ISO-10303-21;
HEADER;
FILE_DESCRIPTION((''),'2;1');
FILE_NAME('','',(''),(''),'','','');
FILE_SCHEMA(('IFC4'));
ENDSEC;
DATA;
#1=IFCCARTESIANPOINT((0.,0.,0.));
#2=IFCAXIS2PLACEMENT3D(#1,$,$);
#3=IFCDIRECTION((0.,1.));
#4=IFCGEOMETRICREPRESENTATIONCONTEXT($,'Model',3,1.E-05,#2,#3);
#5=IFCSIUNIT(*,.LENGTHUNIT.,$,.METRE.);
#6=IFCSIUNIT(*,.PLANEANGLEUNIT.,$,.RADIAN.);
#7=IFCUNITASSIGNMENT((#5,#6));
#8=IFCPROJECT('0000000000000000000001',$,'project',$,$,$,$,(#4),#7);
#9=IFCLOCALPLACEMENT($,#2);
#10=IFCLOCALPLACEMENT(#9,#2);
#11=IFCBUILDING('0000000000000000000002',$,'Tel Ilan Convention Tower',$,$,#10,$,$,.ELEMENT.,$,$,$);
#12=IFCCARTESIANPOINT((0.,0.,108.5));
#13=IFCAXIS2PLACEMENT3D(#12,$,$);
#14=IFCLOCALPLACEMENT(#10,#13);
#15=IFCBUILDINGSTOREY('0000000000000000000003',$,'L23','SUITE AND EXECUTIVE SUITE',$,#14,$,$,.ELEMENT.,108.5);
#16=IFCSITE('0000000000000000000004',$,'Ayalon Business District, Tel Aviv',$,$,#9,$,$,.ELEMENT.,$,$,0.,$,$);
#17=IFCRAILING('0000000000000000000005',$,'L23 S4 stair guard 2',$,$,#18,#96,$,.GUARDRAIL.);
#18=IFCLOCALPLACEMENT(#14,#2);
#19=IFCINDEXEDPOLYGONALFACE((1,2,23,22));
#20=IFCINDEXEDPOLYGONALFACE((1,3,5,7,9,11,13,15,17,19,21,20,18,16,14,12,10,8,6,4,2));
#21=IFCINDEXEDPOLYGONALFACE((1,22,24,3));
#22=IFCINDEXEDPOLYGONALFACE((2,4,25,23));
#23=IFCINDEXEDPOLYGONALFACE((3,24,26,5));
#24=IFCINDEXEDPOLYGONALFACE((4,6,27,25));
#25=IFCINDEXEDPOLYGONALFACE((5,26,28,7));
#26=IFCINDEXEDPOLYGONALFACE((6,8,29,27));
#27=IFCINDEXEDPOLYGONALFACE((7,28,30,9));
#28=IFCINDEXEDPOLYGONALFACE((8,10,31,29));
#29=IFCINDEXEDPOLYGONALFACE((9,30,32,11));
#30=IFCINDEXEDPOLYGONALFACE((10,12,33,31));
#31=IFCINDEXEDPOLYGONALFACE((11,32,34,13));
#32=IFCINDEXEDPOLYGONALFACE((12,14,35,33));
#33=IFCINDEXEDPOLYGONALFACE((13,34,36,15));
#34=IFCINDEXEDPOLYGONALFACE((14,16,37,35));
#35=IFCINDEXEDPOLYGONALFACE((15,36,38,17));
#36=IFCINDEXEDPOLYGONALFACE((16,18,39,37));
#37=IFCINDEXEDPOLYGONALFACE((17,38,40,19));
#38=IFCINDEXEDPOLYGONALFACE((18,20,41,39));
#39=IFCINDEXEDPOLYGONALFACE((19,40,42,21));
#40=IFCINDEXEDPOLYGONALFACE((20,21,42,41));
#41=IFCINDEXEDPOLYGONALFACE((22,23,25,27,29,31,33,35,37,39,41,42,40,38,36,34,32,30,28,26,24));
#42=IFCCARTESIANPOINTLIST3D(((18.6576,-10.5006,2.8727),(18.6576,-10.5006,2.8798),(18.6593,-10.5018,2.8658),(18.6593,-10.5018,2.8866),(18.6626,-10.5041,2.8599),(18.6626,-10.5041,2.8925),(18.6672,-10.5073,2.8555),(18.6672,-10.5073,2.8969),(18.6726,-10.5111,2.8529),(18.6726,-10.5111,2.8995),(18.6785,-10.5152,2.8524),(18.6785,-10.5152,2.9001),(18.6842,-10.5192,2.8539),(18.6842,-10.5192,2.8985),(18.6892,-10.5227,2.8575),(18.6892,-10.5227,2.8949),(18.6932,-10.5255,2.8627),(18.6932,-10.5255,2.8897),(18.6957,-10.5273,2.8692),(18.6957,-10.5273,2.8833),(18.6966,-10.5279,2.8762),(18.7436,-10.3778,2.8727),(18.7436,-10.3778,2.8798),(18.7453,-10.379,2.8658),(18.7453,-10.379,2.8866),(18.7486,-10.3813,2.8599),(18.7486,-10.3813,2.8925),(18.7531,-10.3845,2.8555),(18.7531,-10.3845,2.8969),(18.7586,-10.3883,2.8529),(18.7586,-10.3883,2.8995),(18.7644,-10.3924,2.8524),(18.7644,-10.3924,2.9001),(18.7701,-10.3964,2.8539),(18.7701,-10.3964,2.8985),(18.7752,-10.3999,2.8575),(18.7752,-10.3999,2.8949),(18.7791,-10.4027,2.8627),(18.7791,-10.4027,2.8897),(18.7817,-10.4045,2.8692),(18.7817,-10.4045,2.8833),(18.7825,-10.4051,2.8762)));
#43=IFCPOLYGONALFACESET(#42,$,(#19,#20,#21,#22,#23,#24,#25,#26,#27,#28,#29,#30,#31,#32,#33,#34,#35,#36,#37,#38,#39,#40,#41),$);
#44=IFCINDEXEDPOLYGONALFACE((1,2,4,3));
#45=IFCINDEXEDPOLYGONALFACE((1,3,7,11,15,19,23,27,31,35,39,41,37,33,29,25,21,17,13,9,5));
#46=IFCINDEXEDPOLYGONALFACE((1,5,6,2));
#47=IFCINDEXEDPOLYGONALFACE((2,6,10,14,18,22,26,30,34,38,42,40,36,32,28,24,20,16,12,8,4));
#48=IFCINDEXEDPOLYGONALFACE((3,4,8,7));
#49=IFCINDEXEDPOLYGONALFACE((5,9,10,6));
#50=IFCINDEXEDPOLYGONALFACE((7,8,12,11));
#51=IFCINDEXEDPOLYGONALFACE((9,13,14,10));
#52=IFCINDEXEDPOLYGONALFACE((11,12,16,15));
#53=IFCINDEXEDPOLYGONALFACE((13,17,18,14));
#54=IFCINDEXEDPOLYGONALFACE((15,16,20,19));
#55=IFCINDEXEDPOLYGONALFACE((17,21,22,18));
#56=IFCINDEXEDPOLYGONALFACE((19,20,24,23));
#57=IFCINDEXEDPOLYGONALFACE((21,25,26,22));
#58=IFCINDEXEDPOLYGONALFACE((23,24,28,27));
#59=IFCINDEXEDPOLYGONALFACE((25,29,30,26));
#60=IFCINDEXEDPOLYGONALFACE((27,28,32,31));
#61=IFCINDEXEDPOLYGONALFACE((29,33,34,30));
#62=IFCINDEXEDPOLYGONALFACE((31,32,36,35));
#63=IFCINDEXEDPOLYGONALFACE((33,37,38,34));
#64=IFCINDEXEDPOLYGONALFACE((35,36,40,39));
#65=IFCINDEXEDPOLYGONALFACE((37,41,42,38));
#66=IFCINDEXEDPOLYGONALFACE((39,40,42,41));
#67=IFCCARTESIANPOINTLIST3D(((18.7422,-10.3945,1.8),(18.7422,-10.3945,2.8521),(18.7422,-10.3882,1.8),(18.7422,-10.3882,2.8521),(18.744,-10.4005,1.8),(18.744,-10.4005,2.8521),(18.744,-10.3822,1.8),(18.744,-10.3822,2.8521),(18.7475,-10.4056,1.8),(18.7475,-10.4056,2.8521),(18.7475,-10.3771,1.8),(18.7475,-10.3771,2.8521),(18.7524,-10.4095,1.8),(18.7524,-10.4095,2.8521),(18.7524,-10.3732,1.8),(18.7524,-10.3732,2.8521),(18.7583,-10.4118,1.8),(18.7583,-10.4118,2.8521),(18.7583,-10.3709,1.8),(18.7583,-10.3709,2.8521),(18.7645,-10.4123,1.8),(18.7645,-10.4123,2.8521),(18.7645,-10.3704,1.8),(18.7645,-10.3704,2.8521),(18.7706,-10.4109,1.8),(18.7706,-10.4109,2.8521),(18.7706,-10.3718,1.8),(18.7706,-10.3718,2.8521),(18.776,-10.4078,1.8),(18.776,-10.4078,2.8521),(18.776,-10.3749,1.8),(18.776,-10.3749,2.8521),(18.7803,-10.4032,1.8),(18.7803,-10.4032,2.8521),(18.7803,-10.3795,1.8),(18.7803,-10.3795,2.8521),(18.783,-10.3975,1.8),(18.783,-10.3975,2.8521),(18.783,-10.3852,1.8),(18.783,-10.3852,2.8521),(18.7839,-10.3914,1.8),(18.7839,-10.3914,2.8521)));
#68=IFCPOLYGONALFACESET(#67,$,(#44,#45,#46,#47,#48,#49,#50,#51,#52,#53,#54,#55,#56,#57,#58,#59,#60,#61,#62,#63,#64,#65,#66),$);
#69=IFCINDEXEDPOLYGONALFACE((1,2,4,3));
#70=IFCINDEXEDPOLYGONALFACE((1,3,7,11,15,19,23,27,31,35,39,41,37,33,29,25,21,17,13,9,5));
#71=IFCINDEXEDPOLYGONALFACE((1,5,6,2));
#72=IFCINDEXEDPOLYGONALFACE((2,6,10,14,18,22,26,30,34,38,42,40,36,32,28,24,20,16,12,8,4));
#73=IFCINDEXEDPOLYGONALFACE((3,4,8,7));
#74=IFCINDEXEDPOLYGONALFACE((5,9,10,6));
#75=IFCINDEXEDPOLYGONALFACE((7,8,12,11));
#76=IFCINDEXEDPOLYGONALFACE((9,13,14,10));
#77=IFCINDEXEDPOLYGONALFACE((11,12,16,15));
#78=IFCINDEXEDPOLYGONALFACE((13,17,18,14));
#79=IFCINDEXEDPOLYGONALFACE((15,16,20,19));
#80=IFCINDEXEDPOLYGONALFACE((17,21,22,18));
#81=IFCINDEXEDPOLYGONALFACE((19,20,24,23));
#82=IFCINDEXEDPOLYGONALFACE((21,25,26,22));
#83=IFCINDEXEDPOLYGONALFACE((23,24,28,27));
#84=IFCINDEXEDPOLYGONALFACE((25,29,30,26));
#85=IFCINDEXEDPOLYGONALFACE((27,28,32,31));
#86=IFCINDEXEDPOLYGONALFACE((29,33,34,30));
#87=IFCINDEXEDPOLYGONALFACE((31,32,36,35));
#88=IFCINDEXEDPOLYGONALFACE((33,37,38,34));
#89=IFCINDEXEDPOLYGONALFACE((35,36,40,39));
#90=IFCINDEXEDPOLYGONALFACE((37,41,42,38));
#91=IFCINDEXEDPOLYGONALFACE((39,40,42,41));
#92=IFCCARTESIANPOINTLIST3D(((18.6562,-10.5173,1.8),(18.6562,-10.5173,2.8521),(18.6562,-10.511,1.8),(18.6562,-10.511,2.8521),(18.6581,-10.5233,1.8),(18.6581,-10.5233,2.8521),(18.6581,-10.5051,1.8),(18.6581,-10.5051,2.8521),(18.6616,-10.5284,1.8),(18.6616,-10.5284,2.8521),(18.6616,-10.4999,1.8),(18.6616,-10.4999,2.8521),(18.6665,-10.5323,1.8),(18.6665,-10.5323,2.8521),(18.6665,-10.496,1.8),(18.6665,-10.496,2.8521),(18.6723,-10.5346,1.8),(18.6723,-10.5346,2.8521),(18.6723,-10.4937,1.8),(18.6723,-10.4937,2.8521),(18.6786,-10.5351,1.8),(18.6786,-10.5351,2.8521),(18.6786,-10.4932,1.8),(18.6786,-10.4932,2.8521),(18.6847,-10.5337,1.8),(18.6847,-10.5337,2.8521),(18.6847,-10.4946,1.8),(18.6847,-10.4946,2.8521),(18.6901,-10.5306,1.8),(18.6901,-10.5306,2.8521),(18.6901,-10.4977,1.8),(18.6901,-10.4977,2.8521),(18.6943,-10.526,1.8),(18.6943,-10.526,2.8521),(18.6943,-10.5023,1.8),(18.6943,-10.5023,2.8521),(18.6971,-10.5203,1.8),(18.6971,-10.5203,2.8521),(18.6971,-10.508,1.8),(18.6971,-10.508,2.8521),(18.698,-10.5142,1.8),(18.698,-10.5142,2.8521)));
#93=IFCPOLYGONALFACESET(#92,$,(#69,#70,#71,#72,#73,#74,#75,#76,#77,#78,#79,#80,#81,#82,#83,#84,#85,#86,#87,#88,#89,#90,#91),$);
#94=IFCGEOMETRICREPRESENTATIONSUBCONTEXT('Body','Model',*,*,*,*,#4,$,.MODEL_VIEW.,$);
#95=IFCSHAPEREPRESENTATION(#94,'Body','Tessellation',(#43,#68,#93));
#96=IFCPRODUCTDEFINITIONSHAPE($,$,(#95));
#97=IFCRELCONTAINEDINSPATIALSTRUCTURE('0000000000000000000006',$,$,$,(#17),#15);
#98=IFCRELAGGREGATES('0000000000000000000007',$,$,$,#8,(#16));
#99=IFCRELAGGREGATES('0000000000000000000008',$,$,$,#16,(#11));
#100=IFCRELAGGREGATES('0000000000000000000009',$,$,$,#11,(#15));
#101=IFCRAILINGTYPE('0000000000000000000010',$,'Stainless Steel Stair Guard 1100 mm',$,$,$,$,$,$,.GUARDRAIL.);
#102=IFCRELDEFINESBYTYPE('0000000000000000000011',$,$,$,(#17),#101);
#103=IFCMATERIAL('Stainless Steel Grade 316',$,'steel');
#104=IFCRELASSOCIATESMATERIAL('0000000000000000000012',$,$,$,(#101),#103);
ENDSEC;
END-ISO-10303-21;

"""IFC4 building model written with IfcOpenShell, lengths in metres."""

from ifc_helpers import new_model, si_unit, direction, frame, origin, origin_2d, place, context, subcontext, project, spatial, circle, extrude, material, type_object, element, save


model = new_model("IFC4")

# Units and contexts
model_context = context("Model", 3, precision=1e-05, world=origin(), true_north=direction((0.0, 1.0)))
body_context = subcontext(model_context, "Body", "Model", "MODEL_VIEW")
ifc_project = project(units=[si_unit("LENGTHUNIT", "METRE"), si_unit("PLANEANGLEUNIT", "RADIAN")], contexts=[model_context])

# Site, building, storey
site_placement = place(None, origin())
site = spatial("IfcSite", under=ifc_project, at=site_placement, Name="Ayalon Business District, Tel Aviv", CompositionType="ELEMENT", RefElevation=0.0)
building_placement = place(site_placement, origin())
building = spatial("IfcBuilding", under=site, at=building_placement, Name="Tel Ilan Convention Tower", CompositionType="ELEMENT")
storey_placement = place(building_placement, frame((0.0, 0.0, 108.5)))
storey = spatial("IfcBuildingStorey", under=building, at=storey_placement, Name="L23", Description="SUITE AND EXECUTIVE SUITE", CompositionType="ELEMENT", Elevation=108.5)

# Railing
ifc_material_1 = material(Name="Stainless Steel Grade 316", Category="steel")
railing_type_1 = type_object("IfcRailingType", Name="Stainless Steel Stair Guard 1100 mm", PredefinedType="GUARDRAIL", material=ifc_material_1)
railing_1_placement = place(storey_placement, frame((18.7629, -10.3914, 1.8)))
element("IfcRailing", 1, at=railing_1_placement, inside=storey, type_object=railing_type_1, Name="L23 S4 stair guard 2", PredefinedType="GUARDRAIL", context=body_context, shape_type="SweptSolid", body=[
    extrude(circle(Radius=0.0239, at=origin_2d()), frame((0.0, 0.0, 1.0762), z_axis=(-0.573353, -0.819308, 0.0), x_axis=(0.819308, -0.573353, 0.0)), (0.0, 0.0, 1.0), 0.1499),
    extrude(circle(Radius=0.021, at=origin_2d()), origin(), (0.0, 0.0, 1.0), 1.052),
    extrude(circle(Radius=0.021, at=origin_2d()), frame((-0.0859, -0.1228, 0.0)), (0.0, 0.0, 1.0), 1.052),
])

save(model, "model.ifc")
